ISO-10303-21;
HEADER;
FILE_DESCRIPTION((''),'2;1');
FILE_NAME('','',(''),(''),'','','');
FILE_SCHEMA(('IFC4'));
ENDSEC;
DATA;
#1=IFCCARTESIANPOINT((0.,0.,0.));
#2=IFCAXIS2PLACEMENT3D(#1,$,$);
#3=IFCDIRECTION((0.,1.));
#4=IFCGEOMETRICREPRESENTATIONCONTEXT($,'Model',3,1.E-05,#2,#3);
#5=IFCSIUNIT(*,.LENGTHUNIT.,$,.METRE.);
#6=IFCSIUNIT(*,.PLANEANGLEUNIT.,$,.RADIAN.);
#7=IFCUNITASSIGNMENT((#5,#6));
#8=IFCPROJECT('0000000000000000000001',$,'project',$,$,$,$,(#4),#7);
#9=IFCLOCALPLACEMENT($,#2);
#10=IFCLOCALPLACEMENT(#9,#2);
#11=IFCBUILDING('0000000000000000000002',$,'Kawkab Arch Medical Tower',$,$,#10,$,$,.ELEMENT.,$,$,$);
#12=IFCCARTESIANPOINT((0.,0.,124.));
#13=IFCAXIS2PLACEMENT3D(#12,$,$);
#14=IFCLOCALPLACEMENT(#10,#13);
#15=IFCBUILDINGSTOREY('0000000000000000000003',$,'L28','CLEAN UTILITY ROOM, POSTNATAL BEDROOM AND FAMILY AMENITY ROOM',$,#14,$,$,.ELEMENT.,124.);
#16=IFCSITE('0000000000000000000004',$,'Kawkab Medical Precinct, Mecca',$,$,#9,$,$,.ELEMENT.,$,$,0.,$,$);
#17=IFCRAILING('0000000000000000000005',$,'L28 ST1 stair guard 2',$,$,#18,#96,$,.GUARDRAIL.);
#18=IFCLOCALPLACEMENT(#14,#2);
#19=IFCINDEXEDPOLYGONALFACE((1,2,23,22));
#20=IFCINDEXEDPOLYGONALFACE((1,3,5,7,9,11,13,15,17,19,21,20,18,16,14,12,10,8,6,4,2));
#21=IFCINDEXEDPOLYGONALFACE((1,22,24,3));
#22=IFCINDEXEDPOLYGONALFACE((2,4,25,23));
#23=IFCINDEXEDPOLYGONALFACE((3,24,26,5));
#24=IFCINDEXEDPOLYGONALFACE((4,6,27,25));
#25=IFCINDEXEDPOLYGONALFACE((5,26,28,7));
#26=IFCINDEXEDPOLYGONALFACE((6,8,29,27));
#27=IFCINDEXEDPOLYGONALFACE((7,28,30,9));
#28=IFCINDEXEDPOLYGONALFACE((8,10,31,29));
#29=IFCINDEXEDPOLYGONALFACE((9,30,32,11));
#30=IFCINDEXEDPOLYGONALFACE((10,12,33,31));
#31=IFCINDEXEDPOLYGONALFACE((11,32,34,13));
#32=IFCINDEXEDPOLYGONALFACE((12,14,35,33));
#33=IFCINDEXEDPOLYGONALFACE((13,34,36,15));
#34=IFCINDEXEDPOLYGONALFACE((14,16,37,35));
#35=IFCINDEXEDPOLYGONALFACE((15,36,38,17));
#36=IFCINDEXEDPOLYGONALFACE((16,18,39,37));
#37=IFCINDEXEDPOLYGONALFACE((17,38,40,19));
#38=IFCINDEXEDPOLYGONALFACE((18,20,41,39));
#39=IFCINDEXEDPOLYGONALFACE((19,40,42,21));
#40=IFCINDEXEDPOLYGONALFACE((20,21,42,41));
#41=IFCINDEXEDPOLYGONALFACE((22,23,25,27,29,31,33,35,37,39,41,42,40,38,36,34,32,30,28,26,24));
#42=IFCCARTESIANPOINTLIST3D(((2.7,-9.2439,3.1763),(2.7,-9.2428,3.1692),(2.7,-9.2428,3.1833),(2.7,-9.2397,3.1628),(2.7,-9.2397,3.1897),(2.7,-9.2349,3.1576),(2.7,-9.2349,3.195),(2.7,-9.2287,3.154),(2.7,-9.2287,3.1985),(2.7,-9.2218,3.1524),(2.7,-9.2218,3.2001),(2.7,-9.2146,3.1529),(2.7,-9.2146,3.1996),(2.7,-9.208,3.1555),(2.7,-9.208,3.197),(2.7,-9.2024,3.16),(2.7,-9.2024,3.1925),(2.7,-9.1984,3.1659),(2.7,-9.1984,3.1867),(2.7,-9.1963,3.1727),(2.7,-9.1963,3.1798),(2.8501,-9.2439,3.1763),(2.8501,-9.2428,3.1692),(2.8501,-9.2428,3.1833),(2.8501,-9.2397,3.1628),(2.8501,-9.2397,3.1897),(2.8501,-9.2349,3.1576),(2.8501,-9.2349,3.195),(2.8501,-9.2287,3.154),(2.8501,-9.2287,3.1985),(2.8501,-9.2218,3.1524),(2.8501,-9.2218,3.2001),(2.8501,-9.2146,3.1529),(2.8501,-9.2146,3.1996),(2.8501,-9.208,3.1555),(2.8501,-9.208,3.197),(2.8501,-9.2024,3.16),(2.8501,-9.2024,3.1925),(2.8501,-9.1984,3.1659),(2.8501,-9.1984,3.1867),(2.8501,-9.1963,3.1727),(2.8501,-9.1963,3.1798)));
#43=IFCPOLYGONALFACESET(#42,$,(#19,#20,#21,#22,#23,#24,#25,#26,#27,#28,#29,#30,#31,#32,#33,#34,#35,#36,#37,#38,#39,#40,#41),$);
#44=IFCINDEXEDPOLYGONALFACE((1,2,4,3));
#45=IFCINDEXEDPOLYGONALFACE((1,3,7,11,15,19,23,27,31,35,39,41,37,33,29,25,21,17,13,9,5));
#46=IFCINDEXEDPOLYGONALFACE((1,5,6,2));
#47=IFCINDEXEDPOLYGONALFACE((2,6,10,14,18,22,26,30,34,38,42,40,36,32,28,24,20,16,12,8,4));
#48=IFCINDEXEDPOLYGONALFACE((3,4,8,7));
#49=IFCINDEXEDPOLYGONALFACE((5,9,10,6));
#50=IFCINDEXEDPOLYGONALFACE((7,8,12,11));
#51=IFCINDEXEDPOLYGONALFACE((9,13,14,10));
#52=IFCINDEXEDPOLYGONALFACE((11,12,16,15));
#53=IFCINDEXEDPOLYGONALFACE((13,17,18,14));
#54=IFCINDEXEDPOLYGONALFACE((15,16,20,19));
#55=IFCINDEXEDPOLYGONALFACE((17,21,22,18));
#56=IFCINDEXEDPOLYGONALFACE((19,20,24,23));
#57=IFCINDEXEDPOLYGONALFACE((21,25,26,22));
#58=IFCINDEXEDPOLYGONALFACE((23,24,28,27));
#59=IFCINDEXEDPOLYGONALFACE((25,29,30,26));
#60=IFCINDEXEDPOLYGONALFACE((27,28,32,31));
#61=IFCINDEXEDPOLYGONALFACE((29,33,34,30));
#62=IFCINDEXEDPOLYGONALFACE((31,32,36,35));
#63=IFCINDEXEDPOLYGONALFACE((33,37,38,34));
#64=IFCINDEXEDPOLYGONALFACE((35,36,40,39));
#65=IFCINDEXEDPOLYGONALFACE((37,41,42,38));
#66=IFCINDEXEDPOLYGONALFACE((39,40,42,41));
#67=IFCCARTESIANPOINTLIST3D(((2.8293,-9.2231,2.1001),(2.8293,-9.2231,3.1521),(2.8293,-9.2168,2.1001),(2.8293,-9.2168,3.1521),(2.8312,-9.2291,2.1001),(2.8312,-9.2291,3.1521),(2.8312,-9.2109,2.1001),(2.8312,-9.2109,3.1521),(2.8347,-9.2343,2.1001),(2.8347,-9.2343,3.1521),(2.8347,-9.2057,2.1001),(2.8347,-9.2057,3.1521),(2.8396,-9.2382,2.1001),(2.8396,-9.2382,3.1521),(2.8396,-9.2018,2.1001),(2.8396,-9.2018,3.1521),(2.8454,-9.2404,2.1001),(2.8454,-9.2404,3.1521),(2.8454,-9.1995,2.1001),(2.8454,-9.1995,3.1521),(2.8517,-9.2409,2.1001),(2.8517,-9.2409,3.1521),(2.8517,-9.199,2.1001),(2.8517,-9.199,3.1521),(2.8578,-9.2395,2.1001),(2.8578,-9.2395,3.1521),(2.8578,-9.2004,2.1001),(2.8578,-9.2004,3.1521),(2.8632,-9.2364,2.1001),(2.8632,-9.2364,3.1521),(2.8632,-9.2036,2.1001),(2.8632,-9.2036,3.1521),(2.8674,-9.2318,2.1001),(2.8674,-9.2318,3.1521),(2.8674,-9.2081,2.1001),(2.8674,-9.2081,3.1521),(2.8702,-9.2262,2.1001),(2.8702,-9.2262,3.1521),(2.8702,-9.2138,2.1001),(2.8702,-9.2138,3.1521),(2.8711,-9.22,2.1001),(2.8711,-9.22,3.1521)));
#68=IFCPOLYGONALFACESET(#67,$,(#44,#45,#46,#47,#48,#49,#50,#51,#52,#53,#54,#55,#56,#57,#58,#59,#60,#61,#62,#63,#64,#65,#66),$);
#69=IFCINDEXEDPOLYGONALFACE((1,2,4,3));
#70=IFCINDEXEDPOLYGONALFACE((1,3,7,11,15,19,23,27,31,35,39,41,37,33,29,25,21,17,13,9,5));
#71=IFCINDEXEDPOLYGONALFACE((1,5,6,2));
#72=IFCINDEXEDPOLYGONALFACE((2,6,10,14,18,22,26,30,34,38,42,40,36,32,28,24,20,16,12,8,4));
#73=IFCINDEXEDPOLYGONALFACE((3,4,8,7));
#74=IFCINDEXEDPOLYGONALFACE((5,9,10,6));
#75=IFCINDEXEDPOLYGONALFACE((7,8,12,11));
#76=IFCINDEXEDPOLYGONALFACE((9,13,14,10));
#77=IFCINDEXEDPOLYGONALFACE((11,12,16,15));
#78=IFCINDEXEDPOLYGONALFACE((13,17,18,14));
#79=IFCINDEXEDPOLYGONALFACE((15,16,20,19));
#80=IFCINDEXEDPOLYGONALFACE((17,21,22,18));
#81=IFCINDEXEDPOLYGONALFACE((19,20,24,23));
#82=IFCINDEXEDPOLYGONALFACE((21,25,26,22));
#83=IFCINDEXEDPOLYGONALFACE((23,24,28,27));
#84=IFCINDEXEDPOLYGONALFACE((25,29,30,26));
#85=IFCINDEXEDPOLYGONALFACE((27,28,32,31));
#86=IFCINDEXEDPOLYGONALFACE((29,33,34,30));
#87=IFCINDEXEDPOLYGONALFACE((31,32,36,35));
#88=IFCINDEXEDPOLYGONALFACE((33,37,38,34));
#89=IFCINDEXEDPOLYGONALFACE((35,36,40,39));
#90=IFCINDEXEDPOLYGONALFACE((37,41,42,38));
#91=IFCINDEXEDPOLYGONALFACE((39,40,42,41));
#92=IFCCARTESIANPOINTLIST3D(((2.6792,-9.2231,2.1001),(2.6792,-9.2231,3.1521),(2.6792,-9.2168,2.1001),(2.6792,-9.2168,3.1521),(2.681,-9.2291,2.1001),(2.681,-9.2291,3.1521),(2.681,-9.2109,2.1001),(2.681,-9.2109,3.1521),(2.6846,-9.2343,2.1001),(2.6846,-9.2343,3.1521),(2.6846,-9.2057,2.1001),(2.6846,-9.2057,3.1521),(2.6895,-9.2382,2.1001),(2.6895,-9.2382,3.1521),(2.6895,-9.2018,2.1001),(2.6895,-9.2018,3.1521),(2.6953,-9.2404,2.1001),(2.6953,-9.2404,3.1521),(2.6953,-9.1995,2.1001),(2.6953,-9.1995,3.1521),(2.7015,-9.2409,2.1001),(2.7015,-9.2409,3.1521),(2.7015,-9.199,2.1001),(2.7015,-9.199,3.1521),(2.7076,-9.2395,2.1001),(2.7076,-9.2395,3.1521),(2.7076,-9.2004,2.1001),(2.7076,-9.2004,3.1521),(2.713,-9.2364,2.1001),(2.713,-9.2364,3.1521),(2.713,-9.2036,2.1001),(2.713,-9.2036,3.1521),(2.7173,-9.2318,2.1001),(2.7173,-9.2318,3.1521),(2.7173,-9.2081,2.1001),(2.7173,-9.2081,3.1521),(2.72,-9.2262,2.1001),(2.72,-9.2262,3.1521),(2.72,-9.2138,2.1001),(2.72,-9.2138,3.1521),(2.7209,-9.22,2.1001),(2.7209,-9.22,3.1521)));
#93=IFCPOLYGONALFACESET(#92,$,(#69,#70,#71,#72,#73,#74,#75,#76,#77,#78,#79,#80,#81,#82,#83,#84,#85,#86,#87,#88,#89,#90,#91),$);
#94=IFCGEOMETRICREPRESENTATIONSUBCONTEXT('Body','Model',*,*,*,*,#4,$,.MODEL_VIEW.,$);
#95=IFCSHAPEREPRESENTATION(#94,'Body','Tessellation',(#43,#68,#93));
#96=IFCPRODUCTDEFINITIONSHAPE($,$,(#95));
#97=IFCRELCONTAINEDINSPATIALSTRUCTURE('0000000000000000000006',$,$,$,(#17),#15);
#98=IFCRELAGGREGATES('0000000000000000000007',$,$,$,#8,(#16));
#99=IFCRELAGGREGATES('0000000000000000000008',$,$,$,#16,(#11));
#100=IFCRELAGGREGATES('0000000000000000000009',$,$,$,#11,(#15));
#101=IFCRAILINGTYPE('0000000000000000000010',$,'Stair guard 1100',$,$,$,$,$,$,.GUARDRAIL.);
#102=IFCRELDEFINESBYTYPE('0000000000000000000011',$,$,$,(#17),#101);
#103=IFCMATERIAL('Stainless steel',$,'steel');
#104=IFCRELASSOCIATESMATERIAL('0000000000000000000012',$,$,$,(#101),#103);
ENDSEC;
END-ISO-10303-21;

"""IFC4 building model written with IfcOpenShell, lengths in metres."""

from ifc_helpers import new_model, si_unit, direction, frame, origin, origin_2d, place, context, subcontext, project, spatial, circle, extrude, material, type_object, element, save


model = new_model("IFC4")

# Units and contexts
model_context = context("Model", 3, precision=1e-05, world=origin(), true_north=direction((0.0, 1.0)))
body_context = subcontext(model_context, "Body", "Model", "MODEL_VIEW")
ifc_project = project(units=[si_unit("LENGTHUNIT", "METRE"), si_unit("PLANEANGLEUNIT", "RADIAN")], contexts=[model_context])

# Site, building, storey
site_placement = place(None, origin())
site = spatial("IfcSite", under=ifc_project, at=site_placement, Name="Kawkab Medical Precinct, Mecca", CompositionType="ELEMENT", RefElevation=0.0)
building_placement = place(site_placement, origin())
building = spatial("IfcBuilding", under=site, at=building_placement, Name="Kawkab Arch Medical Tower", CompositionType="ELEMENT")
storey_placement = place(building_placement, frame((0.0, 0.0, 124.0)))
storey = spatial("IfcBuildingStorey", under=building, at=storey_placement, Name="L28", Description="CLEAN UTILITY ROOM, POSTNATAL BEDROOM AND FAMILY AMENITY ROOM", CompositionType="ELEMENT", Elevation=124.0)

# Railing
ifc_material_1 = material(Name="Stainless steel", Category="steel")
railing_type_1 = type_object("IfcRailingType", Name="Stair guard 1100", PredefinedType="GUARDRAIL", material=ifc_material_1)
railing_1_placement = place(storey_placement, frame((2.8501, -9.22, 2.1001)))
element("IfcRailing", 1, at=railing_1_placement, inside=storey, type_object=railing_type_1, Name="L28 ST1 stair guard 2", PredefinedType="GUARDRAIL", context=body_context, shape_type="SweptSolid", body=[
    extrude(circle(Radius=0.0239, at=origin_2d()), frame((0.0, 0.0, 1.0762), z_axis=(-1.0, 0.0, 0.0), x_axis=(0.0, -1.0, 0.0)), (0.0, 0.0, 1.0), 0.1501),
    extrude(circle(Radius=0.021, at=origin_2d()), origin(), (0.0, 0.0, 1.0), 1.052),
    extrude(circle(Radius=0.021, at=origin_2d()), frame((-0.1501, 0.0, 0.0)), (0.0, 0.0, 1.0), 1.052),
])

save(model, "model.ifc")
